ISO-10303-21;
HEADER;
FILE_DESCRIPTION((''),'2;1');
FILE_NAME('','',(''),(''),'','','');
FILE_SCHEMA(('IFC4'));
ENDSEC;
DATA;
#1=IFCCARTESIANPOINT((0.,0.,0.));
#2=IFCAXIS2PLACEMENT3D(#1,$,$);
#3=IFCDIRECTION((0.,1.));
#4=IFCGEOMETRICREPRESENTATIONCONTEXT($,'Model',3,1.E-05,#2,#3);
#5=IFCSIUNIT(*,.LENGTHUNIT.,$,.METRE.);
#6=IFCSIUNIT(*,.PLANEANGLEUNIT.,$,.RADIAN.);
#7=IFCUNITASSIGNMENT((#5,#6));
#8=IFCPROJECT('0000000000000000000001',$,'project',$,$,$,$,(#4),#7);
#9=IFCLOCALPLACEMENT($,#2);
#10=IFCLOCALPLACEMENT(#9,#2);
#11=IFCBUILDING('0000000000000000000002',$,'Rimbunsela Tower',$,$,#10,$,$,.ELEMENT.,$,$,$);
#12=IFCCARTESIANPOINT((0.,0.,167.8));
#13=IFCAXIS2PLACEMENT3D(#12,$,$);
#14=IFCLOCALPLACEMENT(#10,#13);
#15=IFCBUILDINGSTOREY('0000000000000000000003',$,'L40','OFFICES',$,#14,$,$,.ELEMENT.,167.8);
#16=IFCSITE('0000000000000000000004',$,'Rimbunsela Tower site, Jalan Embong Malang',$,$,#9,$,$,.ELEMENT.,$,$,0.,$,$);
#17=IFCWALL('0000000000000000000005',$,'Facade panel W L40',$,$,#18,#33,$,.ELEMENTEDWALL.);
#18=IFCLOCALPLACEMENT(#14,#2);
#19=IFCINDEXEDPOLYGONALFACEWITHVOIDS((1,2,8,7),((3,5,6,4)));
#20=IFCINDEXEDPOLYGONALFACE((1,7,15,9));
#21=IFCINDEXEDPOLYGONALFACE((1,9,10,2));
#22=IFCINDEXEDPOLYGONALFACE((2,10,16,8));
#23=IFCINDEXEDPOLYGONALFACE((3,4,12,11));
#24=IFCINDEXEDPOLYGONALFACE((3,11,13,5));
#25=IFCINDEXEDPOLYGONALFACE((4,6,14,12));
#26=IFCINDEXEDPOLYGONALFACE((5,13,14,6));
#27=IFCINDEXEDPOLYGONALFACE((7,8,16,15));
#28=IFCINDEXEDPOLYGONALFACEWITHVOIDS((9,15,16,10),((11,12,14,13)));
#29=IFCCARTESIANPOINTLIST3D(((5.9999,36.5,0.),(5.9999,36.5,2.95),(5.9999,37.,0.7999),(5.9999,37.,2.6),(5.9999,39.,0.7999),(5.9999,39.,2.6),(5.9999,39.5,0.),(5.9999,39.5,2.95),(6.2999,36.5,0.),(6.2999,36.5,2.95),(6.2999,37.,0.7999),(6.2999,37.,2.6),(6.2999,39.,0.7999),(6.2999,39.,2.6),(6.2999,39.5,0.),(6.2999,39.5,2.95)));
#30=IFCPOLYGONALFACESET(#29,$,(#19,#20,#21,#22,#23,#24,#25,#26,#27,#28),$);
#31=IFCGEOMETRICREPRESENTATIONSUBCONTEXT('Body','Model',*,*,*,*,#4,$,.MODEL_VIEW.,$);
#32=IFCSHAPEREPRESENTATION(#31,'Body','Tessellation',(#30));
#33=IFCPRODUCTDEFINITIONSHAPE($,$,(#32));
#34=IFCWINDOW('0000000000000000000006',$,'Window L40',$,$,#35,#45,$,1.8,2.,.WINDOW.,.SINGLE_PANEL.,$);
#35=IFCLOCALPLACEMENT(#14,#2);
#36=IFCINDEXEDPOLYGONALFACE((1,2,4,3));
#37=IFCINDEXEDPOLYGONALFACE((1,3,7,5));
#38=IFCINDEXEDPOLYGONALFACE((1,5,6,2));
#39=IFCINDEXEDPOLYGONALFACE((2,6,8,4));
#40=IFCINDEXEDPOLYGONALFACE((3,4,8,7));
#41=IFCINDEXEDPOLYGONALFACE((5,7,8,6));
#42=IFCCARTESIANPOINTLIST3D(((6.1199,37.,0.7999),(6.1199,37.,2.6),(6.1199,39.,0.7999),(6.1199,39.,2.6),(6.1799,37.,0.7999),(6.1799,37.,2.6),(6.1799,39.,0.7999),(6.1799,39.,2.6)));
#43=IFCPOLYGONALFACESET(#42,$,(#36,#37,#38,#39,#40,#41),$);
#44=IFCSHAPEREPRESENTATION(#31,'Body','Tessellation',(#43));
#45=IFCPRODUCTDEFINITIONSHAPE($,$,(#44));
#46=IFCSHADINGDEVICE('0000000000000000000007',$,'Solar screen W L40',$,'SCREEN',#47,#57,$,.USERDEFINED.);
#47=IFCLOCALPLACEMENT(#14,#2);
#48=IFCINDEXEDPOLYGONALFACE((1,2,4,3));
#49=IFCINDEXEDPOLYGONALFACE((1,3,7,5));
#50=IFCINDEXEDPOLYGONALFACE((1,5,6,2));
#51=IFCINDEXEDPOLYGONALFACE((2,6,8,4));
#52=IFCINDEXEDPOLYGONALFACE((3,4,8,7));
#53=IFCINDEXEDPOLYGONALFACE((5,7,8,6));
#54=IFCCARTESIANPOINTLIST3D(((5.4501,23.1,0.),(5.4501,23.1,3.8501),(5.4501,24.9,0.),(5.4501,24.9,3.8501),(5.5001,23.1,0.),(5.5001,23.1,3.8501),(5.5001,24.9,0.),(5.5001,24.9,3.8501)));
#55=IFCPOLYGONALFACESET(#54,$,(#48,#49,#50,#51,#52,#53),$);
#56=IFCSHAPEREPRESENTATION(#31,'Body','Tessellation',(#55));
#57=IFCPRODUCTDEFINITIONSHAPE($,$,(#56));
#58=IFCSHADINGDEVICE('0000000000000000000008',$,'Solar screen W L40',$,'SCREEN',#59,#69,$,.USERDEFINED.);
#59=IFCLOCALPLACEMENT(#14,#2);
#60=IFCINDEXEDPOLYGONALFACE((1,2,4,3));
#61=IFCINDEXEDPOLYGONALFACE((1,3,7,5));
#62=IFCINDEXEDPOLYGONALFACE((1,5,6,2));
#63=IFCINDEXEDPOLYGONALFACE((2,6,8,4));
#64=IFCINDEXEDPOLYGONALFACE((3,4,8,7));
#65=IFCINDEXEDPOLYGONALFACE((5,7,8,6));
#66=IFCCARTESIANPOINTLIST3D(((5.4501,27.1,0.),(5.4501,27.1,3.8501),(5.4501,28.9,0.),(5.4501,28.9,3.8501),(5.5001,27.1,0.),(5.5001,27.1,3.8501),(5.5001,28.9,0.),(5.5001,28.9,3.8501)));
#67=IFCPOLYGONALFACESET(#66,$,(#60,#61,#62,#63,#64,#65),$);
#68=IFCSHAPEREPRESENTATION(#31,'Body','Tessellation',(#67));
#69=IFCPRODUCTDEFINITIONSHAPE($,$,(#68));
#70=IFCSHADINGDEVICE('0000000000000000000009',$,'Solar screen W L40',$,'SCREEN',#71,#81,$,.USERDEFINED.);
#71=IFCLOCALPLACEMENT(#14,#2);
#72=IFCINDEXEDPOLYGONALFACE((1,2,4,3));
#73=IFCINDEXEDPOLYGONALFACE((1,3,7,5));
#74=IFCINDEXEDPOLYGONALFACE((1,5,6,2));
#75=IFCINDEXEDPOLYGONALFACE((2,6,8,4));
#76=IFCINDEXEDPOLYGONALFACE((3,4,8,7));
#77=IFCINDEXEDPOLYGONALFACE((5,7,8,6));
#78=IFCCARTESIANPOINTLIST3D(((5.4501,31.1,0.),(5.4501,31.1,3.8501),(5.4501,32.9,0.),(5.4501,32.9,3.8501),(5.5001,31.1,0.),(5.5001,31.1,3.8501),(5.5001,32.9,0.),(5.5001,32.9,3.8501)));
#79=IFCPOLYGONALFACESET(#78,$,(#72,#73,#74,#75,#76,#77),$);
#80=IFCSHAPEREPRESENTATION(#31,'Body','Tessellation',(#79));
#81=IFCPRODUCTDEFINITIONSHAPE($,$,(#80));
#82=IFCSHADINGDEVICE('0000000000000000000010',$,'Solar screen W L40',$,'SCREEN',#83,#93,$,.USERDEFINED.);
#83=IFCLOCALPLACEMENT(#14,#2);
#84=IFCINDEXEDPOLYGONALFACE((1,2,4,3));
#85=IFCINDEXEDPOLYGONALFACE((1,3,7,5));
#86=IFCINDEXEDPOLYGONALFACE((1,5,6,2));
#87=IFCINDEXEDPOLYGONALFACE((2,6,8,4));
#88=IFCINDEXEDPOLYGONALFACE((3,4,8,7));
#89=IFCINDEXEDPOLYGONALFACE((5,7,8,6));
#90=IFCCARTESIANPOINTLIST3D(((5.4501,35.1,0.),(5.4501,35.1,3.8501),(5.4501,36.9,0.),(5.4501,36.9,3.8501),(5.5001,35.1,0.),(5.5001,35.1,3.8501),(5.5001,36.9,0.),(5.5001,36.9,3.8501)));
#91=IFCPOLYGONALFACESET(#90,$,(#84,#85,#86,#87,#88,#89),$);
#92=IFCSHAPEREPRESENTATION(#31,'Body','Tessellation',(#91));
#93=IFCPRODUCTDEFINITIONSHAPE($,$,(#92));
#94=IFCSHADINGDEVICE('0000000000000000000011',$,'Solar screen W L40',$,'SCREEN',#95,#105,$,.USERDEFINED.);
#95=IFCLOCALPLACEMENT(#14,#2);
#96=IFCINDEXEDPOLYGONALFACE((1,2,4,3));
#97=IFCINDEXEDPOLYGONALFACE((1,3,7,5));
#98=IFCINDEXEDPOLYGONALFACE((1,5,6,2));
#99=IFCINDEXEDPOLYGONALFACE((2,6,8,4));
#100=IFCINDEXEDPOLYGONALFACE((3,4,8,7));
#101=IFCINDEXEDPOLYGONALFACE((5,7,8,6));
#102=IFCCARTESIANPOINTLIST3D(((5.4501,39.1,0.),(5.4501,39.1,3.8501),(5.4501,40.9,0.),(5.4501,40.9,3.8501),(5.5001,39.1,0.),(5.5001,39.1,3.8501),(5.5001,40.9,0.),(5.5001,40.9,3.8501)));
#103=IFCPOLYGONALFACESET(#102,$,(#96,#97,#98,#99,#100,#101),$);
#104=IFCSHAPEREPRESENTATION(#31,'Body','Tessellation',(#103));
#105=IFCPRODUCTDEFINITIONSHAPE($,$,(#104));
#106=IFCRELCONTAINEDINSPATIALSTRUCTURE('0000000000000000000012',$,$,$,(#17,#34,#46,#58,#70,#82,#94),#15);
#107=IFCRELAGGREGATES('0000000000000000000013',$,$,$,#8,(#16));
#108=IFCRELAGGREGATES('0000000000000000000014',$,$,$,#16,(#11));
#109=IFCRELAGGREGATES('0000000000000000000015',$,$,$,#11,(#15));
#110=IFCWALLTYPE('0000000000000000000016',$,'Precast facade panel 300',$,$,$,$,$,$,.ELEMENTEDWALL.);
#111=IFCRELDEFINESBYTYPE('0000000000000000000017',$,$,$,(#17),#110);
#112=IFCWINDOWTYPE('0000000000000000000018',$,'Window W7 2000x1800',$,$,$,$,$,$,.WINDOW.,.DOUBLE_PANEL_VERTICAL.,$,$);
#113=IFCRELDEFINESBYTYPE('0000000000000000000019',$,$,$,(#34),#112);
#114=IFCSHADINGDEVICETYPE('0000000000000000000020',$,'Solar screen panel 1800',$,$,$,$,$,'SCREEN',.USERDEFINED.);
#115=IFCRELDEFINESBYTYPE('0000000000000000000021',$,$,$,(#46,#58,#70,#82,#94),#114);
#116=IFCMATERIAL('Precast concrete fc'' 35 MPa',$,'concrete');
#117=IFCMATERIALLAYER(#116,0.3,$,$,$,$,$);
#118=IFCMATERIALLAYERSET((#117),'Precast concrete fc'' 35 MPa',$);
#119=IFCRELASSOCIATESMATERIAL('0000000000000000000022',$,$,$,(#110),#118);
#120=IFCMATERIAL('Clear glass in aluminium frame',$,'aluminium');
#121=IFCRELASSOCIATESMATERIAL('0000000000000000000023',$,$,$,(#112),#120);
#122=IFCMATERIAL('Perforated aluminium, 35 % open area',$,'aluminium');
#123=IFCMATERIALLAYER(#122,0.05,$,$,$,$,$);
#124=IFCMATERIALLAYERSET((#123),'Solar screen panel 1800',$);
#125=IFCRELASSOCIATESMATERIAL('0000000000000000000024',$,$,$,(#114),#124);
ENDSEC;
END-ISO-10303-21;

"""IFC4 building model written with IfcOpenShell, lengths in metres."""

from ifc_helpers import new_model, si_unit, direction, frame, frame_2d, origin, origin_2d, place, context, subcontext, project, spatial, rectangle, extrude, material, layer, layer_set, type_object, element, fill, save


model = new_model("IFC4")

# Units and contexts
model_context = context("Model", 3, precision=1e-05, world=origin(), true_north=direction((0.0, 1.0)))
body_context = subcontext(model_context, "Body", "Model", "MODEL_VIEW")
ifc_project = project(units=[si_unit("LENGTHUNIT", "METRE"), si_unit("PLANEANGLEUNIT", "RADIAN")], contexts=[model_context])

# Site, building, storey
site_placement = place(None, origin())
site = spatial("IfcSite", under=ifc_project, at=site_placement, Name="Rimbunsela Tower site, Jalan Embong Malang", CompositionType="ELEMENT", RefElevation=0.0)
building_placement = place(site_placement, origin())
building = spatial("IfcBuilding", under=site, at=building_placement, Name="Rimbunsela Tower", CompositionType="ELEMENT")
storey_placement = place(building_placement, frame((0.0, 0.0, 167.8)))
storey = spatial("IfcBuildingStorey", under=building, at=storey_placement, Name="L40", Description="OFFICES", CompositionType="ELEMENT", Elevation=167.8)

# Wall, opening, window
ifc_material_1 = material(Name="Precast concrete fc' 35 MPa", Category="concrete")
ifc_layer_1 = layer(ifc_material_1, 0.3)
ifc_layer_set_1 = layer_set([ifc_layer_1], Name="Precast concrete fc' 35 MPa")
wall_type = type_object("IfcWallType", Name="Precast facade panel 300", PredefinedType="ELEMENTEDWALL", material=ifc_layer_set_1)
ifc_material_2 = material(Name="Clear glass in aluminium frame", Category="aluminium")
window_type = type_object("IfcWindowType", Name="Window W7 2000x1800", PartitioningType="DOUBLE_PANEL_VERTICAL", PredefinedType="WINDOW", material=ifc_material_2)
wall_1_placement = place(storey_placement, frame((6.1499, 39.5, 0.0), z_axis=(0.0, 0.0, 1.0), x_axis=(0.0, -1.0, 0.0)))
wall_1 = element("IfcWall", 1, at=wall_1_placement, inside=storey, type_object=wall_type, Name="Facade panel W L40", PredefinedType="ELEMENTEDWALL", context=body_context, shape_type="SweptSolid", body=[
    extrude(rectangle(XDim=3.0, YDim=0.3, at=frame_2d((1.5, 0.0))), origin(), (0.0, 0.0, 1.0), 2.95),
])
opening_1_placement = place(wall_1_placement, frame((0.5, 0.0, 0.8)))
opening_1 = element("IfcOpeningElement", 2, at=opening_1_placement, cuts=wall_1, PredefinedType="OPENING", context=body_context, shape_type="SweptSolid", body=[
    extrude(rectangle(XDim=2.0, YDim=1.8, at=frame_2d((1.0, 0.8999))), frame((0.0, 0.1599, 0.0), z_axis=(0.0, -1.0, 0.0), x_axis=(1.0, 0.0, 0.0)), (0.0, 0.0, 1.0), 0.3201),
])
window_1_placement = place(opening_1_placement, origin())
window_1 = element("IfcWindow", 3, at=window_1_placement, inside=storey, type_object=window_type, Name="Window L40", OverallHeight=1.8, OverallWidth=2.0, PartitioningType="SINGLE_PANEL", PredefinedType="WINDOW", context=body_context, shape_type="SweptSolid", body=[
    extrude(rectangle(XDim=2.0, YDim=1.8, at=frame_2d((1.0, 0.8999))), frame((0.0, 0.03, 0.0), z_axis=(0.0, -1.0, 0.0), x_axis=(1.0, 0.0, 0.0)), (0.0, 0.0, 1.0), 0.0601),
])
fill(opening_1, window_1)

# Shading devices
ifc_material_3 = material(Name="Perforated aluminium, 35 % open area", Category="aluminium")
ifc_layer_2 = layer(ifc_material_3, 0.05)
ifc_layer_set_2 = layer_set([ifc_layer_2], Name="Solar screen panel 1800")
shading_device_type = type_object("IfcShadingDeviceType", Name="Solar screen panel 1800", ElementType="SCREEN", PredefinedType="USERDEFINED", material=ifc_layer_set_2)
for number, where, z_axis, x_axis, name in (
    (4, (5.4751, 24.0, 0.0), (0.0, 0.0, 1.0), (0.0, 1.0, 0.0), "Solar screen W L40"),
    (5, (5.4751, 28.0, 0.0), (0.0, 0.0, 1.0), (0.0, 1.0, 0.0), "Solar screen W L40"),
    (6, (5.4751, 32.0, 0.0), (0.0, 0.0, 1.0), (0.0, 1.0, 0.0), "Solar screen W L40"),
    (7, (5.4751, 36.0, 0.0), (0.0, 0.0, 1.0), (0.0, 1.0, 0.0), "Solar screen W L40"),
    (8, (5.4751, 40.0, 0.0), (0.0, 0.0, 1.0), (0.0, 1.0, 0.0), "Solar screen W L40"),
):
    element("IfcShadingDevice", number, at=place(storey_placement, frame(where, z_axis=z_axis, x_axis=x_axis)), inside=storey, type_object=shading_device_type, Name=name, ObjectType="SCREEN", PredefinedType="USERDEFINED", context=body_context, shape_type="SweptSolid", body=[
        extrude(rectangle(XDim=1.8, YDim=0.05, at=origin_2d()), origin(), (0.0, 0.0, 1.0), 3.8501),
    ])

save(model, "model.ifc")
